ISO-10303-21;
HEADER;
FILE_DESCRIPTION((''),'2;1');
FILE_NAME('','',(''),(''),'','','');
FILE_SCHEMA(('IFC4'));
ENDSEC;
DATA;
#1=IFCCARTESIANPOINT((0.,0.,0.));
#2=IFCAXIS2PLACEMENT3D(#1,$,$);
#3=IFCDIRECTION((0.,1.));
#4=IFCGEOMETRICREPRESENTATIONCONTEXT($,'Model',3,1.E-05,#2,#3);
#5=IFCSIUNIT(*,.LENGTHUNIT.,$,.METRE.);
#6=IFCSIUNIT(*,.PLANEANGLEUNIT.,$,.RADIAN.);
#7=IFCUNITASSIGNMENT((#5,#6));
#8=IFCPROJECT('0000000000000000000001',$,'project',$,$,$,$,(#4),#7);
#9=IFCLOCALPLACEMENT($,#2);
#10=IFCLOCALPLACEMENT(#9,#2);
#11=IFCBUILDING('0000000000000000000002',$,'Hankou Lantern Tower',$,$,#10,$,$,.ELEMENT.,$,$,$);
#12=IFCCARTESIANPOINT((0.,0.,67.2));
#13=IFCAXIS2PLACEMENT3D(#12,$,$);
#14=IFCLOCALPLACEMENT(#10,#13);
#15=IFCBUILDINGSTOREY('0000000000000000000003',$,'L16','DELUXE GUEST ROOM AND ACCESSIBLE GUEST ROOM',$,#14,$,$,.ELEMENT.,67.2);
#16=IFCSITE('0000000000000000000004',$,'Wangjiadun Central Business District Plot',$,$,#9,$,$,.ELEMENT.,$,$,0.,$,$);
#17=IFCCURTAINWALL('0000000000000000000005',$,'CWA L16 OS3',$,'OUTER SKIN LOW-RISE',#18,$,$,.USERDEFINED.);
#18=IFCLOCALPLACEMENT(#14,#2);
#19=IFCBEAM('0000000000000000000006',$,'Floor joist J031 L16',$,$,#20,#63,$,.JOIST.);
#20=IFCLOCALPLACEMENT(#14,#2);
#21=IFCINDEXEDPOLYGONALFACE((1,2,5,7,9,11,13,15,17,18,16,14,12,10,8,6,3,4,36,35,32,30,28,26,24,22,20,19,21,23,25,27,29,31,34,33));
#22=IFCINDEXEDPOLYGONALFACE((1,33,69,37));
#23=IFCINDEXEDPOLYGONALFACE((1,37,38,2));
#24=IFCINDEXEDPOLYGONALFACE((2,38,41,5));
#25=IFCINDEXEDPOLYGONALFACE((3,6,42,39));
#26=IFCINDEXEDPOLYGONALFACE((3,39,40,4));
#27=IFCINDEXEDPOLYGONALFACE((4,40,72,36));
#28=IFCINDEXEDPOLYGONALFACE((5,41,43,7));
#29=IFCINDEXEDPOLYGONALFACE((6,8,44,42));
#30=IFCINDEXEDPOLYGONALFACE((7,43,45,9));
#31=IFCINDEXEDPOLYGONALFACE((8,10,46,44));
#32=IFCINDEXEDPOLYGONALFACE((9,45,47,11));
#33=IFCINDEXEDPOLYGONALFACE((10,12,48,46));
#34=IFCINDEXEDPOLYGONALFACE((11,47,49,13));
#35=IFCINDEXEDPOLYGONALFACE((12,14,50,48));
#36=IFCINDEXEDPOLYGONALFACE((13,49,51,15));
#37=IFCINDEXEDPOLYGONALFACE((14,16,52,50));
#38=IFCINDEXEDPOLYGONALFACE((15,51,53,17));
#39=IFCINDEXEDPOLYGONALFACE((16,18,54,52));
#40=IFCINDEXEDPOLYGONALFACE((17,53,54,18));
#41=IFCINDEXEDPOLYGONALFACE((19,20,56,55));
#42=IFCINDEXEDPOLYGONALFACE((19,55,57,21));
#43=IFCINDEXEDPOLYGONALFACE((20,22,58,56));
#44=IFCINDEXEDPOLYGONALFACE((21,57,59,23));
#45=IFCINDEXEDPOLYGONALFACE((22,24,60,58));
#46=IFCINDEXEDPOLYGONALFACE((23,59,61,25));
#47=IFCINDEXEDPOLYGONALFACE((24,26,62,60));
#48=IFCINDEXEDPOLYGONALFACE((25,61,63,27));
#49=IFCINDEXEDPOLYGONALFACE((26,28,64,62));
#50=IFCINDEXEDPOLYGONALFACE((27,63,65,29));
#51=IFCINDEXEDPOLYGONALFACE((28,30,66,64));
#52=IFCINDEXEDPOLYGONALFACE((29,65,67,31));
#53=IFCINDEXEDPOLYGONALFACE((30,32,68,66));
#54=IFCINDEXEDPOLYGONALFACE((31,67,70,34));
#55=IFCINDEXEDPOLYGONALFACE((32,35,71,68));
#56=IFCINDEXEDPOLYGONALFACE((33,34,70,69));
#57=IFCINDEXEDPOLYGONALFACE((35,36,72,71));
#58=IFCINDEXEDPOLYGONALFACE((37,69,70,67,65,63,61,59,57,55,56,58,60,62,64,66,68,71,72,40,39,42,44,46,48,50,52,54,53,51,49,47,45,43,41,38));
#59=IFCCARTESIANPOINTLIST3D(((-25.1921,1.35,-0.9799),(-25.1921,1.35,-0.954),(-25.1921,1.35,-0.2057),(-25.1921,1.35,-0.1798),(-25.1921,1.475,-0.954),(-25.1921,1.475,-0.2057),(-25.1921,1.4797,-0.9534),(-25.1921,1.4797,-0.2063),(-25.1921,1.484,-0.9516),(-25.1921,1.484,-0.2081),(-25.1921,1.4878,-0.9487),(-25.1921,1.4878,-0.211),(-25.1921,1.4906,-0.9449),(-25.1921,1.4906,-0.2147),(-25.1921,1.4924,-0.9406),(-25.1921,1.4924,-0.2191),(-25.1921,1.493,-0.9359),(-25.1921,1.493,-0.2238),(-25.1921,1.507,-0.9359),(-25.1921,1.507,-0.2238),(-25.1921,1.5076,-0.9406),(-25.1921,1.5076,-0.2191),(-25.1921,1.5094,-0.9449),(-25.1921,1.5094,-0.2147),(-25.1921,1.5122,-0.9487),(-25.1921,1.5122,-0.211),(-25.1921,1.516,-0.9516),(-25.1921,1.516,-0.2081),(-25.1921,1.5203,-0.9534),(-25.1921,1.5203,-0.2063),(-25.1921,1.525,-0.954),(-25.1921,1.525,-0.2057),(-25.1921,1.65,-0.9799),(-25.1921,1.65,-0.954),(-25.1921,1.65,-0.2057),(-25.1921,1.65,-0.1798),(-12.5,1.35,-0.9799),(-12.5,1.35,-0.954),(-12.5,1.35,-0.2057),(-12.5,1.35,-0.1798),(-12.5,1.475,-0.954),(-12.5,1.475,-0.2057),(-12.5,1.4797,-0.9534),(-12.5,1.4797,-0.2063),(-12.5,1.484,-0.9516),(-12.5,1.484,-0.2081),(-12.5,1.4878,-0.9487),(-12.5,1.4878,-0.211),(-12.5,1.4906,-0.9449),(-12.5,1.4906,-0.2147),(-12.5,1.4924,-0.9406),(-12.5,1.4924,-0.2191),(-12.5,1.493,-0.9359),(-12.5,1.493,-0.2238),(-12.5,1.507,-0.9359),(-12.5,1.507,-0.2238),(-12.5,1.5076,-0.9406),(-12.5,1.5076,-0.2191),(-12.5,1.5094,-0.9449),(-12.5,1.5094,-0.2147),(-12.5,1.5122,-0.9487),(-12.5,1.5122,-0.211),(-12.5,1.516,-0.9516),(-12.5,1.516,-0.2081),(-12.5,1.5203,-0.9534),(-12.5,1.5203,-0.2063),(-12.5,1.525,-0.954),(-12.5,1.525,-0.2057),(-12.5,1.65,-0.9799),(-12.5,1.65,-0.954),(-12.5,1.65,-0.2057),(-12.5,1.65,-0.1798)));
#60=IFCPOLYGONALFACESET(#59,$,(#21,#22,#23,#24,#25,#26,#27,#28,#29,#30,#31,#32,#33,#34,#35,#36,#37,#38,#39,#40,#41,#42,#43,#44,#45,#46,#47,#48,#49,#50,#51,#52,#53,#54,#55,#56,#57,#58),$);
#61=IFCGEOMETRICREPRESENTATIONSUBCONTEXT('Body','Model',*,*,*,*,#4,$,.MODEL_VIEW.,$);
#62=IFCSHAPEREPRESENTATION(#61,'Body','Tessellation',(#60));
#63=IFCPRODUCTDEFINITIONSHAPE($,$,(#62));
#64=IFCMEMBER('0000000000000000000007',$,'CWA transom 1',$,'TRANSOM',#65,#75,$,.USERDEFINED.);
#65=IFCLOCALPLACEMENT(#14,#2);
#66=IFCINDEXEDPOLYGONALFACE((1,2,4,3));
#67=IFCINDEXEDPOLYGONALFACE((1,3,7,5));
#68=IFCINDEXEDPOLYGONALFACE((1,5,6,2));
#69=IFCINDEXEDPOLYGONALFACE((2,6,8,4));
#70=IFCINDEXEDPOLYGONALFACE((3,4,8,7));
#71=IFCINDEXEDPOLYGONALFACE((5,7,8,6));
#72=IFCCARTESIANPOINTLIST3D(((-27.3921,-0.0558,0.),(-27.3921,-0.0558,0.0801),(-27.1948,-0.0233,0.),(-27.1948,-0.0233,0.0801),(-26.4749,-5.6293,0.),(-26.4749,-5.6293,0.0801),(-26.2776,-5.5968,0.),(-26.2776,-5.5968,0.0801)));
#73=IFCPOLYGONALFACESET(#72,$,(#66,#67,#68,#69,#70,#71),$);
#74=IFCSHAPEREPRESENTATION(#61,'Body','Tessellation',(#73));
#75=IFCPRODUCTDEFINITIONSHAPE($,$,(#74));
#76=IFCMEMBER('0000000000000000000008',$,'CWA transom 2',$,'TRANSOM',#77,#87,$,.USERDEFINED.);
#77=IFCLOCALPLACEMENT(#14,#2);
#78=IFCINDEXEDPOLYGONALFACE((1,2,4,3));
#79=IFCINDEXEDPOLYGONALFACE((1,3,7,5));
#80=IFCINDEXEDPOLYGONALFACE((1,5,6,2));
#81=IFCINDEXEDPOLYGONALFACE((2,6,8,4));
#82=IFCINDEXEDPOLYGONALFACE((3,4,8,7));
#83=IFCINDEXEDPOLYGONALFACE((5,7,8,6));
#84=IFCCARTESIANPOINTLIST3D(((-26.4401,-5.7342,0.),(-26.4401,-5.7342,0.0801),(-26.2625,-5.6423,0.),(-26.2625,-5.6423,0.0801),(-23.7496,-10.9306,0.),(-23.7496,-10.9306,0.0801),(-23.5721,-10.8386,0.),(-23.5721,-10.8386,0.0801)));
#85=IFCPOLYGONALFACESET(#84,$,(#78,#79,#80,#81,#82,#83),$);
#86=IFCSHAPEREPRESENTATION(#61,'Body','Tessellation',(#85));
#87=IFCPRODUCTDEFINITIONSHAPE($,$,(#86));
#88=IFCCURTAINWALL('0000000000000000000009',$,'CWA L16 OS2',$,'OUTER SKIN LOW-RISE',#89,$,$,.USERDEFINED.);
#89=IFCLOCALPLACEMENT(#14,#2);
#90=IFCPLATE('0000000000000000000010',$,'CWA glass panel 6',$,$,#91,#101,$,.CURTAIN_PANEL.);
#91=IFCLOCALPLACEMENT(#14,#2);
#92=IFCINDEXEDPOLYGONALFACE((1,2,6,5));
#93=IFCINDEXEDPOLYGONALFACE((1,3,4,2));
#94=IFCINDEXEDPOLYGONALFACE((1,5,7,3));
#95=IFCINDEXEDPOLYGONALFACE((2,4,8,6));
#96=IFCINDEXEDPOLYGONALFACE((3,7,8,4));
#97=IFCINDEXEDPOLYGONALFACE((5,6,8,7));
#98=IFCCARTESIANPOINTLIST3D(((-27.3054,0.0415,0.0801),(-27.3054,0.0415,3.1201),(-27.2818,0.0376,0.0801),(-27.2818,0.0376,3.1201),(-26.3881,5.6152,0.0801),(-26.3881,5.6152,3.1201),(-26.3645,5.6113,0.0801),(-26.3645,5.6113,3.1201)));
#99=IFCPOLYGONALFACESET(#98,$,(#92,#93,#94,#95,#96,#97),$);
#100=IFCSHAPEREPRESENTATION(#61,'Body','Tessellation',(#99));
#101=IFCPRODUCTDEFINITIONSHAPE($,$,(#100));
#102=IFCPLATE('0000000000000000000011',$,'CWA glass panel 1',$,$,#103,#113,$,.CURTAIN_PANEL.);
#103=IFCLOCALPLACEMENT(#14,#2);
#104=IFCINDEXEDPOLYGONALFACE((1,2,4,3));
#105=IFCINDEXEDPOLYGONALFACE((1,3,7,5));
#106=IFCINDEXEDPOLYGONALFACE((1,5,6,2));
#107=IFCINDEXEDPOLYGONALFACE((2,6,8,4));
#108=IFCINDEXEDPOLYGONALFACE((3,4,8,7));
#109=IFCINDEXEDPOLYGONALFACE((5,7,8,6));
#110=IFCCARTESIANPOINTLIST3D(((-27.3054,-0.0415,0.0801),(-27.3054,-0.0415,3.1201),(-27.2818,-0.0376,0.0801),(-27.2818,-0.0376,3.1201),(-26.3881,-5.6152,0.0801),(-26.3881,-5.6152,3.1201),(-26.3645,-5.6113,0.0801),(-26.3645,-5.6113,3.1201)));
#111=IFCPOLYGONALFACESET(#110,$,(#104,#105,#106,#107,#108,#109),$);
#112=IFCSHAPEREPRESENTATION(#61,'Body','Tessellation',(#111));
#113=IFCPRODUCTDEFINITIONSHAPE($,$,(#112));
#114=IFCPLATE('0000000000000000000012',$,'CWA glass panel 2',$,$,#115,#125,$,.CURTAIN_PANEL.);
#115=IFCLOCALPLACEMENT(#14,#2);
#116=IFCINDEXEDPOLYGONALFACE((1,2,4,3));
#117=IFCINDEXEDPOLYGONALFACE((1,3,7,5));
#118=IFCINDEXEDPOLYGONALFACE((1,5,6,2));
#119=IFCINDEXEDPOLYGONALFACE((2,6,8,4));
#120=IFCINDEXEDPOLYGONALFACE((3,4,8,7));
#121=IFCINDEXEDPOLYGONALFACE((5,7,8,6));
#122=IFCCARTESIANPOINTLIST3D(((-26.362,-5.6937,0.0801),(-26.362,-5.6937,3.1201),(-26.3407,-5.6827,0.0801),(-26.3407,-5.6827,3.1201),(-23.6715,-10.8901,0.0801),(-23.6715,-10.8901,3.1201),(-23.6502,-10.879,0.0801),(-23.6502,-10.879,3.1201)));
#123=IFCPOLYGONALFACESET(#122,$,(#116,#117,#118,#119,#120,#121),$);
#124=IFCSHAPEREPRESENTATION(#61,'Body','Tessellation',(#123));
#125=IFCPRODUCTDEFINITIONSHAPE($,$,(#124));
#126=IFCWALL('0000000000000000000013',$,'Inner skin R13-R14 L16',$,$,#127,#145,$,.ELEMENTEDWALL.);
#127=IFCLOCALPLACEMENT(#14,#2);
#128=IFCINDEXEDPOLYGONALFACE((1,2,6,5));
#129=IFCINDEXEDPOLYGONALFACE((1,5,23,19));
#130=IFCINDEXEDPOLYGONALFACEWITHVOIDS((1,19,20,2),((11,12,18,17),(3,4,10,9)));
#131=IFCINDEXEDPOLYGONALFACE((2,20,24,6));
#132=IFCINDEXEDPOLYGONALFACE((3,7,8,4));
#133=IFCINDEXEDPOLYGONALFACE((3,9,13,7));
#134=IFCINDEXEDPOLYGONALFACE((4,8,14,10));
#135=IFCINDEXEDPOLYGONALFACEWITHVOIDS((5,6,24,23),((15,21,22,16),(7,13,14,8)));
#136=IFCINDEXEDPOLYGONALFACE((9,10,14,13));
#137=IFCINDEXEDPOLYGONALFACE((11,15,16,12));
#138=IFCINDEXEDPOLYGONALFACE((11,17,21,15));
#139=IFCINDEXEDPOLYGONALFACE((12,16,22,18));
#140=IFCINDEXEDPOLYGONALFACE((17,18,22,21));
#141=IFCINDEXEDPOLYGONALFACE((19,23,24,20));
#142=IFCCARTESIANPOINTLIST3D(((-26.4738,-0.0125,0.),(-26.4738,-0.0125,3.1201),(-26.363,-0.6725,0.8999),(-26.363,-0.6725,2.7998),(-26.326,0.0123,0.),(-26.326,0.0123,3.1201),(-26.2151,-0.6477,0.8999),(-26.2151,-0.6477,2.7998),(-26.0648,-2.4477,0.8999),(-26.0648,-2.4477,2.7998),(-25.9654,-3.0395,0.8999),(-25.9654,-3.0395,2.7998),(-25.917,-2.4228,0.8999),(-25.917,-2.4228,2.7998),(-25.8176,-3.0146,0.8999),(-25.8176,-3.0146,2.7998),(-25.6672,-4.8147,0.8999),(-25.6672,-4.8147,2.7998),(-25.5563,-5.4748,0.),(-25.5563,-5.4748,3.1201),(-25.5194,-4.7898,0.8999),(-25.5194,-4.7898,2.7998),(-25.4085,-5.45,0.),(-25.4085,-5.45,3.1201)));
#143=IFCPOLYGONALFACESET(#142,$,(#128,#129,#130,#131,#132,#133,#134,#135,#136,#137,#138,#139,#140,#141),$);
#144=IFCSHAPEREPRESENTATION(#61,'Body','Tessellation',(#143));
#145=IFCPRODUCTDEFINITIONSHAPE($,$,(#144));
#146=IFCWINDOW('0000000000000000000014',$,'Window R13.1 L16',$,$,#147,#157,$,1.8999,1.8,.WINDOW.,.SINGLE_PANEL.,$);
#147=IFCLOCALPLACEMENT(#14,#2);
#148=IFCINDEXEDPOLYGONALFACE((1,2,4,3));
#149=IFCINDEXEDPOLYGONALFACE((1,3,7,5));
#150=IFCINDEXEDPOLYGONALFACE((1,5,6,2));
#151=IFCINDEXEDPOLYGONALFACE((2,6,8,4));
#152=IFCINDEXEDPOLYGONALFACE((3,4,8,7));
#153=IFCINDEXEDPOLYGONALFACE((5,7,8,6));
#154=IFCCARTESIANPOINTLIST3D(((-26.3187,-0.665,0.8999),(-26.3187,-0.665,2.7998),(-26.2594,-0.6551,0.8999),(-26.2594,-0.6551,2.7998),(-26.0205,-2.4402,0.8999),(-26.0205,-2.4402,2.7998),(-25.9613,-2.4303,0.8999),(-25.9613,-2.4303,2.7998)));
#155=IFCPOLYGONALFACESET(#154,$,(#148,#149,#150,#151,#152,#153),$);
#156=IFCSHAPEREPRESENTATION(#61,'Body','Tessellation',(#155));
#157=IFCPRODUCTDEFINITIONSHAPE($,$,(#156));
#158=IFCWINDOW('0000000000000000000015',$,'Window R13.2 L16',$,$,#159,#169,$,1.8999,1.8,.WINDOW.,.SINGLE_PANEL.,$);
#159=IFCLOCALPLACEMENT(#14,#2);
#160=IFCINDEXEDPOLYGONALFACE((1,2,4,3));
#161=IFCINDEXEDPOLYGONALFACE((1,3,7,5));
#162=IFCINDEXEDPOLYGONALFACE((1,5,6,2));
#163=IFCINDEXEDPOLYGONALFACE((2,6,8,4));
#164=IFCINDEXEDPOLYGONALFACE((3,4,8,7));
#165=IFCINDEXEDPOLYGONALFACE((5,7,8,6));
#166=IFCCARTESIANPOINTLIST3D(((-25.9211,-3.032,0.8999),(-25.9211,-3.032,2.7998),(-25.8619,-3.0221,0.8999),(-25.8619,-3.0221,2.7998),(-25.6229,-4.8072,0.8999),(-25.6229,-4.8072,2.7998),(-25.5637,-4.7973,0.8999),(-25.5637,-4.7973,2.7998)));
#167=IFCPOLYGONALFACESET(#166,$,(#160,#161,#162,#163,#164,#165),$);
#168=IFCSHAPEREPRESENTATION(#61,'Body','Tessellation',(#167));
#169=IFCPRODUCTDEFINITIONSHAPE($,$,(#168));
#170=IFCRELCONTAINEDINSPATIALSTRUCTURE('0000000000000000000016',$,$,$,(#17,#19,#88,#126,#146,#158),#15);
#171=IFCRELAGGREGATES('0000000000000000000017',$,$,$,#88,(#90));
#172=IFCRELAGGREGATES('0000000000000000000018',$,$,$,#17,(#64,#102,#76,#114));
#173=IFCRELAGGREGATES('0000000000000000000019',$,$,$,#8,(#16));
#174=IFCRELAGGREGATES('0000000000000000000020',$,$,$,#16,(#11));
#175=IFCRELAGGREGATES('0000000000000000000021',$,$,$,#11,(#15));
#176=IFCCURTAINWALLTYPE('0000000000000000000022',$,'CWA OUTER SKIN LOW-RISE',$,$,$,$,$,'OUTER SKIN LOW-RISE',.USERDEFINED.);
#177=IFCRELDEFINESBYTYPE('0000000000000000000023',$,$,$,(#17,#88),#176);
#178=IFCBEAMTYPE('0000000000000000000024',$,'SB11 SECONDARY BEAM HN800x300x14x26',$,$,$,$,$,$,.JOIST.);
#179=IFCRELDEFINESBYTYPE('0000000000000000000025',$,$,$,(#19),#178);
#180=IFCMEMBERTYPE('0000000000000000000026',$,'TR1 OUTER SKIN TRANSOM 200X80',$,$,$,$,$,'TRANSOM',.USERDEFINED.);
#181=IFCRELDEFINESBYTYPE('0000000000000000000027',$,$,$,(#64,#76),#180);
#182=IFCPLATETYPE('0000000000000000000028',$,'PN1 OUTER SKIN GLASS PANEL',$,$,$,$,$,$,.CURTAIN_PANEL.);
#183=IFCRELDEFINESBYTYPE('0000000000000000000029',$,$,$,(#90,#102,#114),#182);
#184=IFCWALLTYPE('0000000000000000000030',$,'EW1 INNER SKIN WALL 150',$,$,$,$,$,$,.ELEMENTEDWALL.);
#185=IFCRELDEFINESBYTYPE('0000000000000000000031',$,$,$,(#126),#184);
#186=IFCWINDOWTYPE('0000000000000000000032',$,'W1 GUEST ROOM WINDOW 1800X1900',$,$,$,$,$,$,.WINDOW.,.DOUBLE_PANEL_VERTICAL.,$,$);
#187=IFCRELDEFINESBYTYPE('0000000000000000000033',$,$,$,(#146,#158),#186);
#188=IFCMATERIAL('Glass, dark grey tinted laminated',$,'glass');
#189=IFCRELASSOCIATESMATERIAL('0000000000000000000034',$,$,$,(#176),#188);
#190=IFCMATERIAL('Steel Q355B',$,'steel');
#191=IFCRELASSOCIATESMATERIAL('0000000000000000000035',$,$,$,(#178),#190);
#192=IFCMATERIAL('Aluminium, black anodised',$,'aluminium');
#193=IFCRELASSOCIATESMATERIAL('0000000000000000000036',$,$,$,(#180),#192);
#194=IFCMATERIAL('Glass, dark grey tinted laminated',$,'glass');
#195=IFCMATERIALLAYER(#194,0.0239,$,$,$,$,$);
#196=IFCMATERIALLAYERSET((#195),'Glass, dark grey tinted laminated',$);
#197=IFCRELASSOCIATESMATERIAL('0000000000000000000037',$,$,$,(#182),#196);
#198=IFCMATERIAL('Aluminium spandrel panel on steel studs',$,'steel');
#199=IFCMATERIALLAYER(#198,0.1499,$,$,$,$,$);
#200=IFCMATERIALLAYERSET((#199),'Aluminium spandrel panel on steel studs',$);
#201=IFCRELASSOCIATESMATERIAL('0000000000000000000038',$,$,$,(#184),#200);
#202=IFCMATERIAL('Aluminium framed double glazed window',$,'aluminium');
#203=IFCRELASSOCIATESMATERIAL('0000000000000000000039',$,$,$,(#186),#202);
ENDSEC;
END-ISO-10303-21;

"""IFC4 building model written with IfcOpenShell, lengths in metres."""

from ifc_helpers import new_model, si_unit, direction, frame, frame_2d, origin, origin_2d, place, context, subcontext, project, spatial, rectangle, i_section, extrude, material, layer, layer_set, material_profile, profile_set, type_object, element, fill, aggregate, save


model = new_model("IFC4")

# Units and contexts
model_context = context("Model", 3, precision=1e-05, world=origin(), true_north=direction((0.0, 1.0)))
body_context = subcontext(model_context, "Body", "Model", "MODEL_VIEW")
ifc_project = project(units=[si_unit("LENGTHUNIT", "METRE"), si_unit("PLANEANGLEUNIT", "RADIAN")], contexts=[model_context])

# Site, building, storey
site_placement = place(None, origin())
site = spatial("IfcSite", under=ifc_project, at=site_placement, Name="Wangjiadun Central Business District Plot", CompositionType="ELEMENT", RefElevation=0.0)
building_placement = place(site_placement, origin())
building = spatial("IfcBuilding", under=site, at=building_placement, Name="Hankou Lantern Tower", CompositionType="ELEMENT")
storey_placement = place(building_placement, frame((0.0, 0.0, 67.2)))
storey = spatial("IfcBuildingStorey", under=building, at=storey_placement, Name="L16", Description="DELUXE GUEST ROOM AND ACCESSIBLE GUEST ROOM", CompositionType="ELEMENT", Elevation=67.2)

# Curtain wall
ifc_material_1 = material(Name="Glass, dark grey tinted laminated", Category="glass")
curtain_wall_type = type_object("IfcCurtainWallType", Name="CWA OUTER SKIN LOW-RISE", ElementType="OUTER SKIN LOW-RISE", PredefinedType="USERDEFINED", material=ifc_material_1)
curtain_wall_1_placement = place(storey_placement, origin())
curtain_wall_1 = element("IfcCurtainWall", 1, at=curtain_wall_1_placement, inside=storey, type_object=curtain_wall_type, Name="CWA L16 OS3", ObjectType="OUTER SKIN LOW-RISE", PredefinedType="USERDEFINED")

# Beam
ifc_material_2 = material(Name="Steel Q355B", Category="steel")
ifc_material_profile_1 = material_profile(ifc_material_2, i_section(OverallWidth=0.3, OverallDepth=0.8, WebThickness=0.0139, FlangeThickness=0.0259, FilletRadius=0.0181, at=origin_2d()), Name="HN800x300x14x26")
ifc_profile_set_1 = profile_set([ifc_material_profile_1], Name="Steel Q355B")
beam_type_1 = type_object("IfcBeamType", Name="SB11 SECONDARY BEAM HN800x300x14x26", PredefinedType="JOIST", material=ifc_profile_set_1)
for number, where, z_axis, x_axis, name in (
    (2, (-25.1921, 1.5, -0.5798), (1.0, 0.0, 0.0), (0.0, 1.0, 0.0), "Floor joist J031 L16"),
):
    element("IfcBeam", number, at=place(storey_placement, frame(where, z_axis=z_axis, x_axis=x_axis)), inside=storey, type_object=beam_type_1, Name=name, PredefinedType="JOIST", context=body_context, shape_type="SweptSolid", body=[
        extrude(i_section(OverallWidth=0.3, OverallDepth=0.8, WebThickness=0.0139, FlangeThickness=0.0259, FilletRadius=0.0181, at=origin_2d()), origin(), (0.0, 0.0, 1.0), 12.6921),
    ])

# Members
ifc_material_3 = material(Name="Aluminium, black anodised", Category="aluminium")
ifc_material_profile_2 = material_profile(ifc_material_3, rectangle(XDim=0.2, YDim=0.0801, at=origin_2d()), Name="TR1 200X80")
ifc_profile_set_2 = profile_set([ifc_material_profile_2], Name="Aluminium, black anodised")
member_type_1 = type_object("IfcMemberType", Name="TR1 OUTER SKIN TRANSOM 200X80", ElementType="TRANSOM", PredefinedType="USERDEFINED", material=ifc_profile_set_2)
member_1_placement = place(storey_placement, frame((-27.2935, -0.0396, 0.04), z_axis=(0.162387, -0.986727, 0.0), x_axis=(0.986727, 0.162387, 0.0)))
member_1 = element("IfcMember", 3, at=member_1_placement, type_object=member_type_1, Name="CWA transom 1", ObjectType="TRANSOM", PredefinedType="USERDEFINED", context=body_context, shape_type="SweptSolid", body=[
    extrude(rectangle(XDim=0.2, YDim=0.0801, at=origin_2d()), origin(), (0.0, 0.0, 1.0), 5.6484),
])
member_2_placement = place(storey_placement, frame((-26.3513, -5.6882, 0.04), z_axis=(0.459786, -0.88803, 0.0), x_axis=(0.88803, 0.459786, 0.0)))
member_2 = element("IfcMember", 4, at=member_2_placement, type_object=member_type_1, Name="CWA transom 2", ObjectType="TRANSOM", PredefinedType="USERDEFINED", context=body_context, shape_type="SweptSolid", body=[
    extrude(rectangle(XDim=0.2, YDim=0.0801, at=origin_2d()), origin(), (0.0, 0.0, 1.0), 5.8516),
])

# Curtain wall, plate
curtain_wall_2_placement = place(storey_placement, origin())
curtain_wall_2 = element("IfcCurtainWall", 5, at=curtain_wall_2_placement, inside=storey, type_object=curtain_wall_type, Name="CWA L16 OS2", ObjectType="OUTER SKIN LOW-RISE", PredefinedType="USERDEFINED")
ifc_material_4 = material(Name="Glass, dark grey tinted laminated", Category="glass")
ifc_layer_1 = layer(ifc_material_4, 0.0239)
ifc_layer_set_1 = layer_set([ifc_layer_1], Name="Glass, dark grey tinted laminated")
plate_type = type_object("IfcPlateType", Name="PN1 OUTER SKIN GLASS PANEL", PredefinedType="CURTAIN_PANEL", material=ifc_layer_set_1)
plate_1_placement = place(storey_placement, frame((-26.835, 2.8264, 0.0801), z_axis=(0.0, 0.0, 1.0), x_axis=(-0.162382, -0.986728, 0.0)))
plate_1 = element("IfcPlate", 6, at=plate_1_placement, type_object=plate_type, Name="CWA glass panel 6", PredefinedType="CURTAIN_PANEL", context=body_context, shape_type="SweptSolid", body=[
    extrude(rectangle(XDim=5.6487, YDim=0.0239, at=origin_2d()), origin(), (0.0, 0.0, 1.0), 3.04),
])
aggregate(curtain_wall_2, [plate_1])

# Plates
plate_2_placement = place(storey_placement, frame((-26.835, -2.8264, 0.0801), z_axis=(0.0, 0.0, 1.0), x_axis=(0.162382, -0.986728, 0.0)))
plate_2 = element("IfcPlate", 7, at=plate_2_placement, type_object=plate_type, Name="CWA glass panel 1", PredefinedType="CURTAIN_PANEL", context=body_context, shape_type="SweptSolid", body=[
    extrude(rectangle(XDim=5.6487, YDim=0.0239, at=origin_2d()), origin(), (0.0, 0.0, 1.0), 3.04),
])
plate_3_placement = place(storey_placement, frame((-25.0061, -8.2864, 0.0801), z_axis=(0.0, 0.0, 1.0), x_axis=(0.459791, -0.888027, 0.0)))
plate_3 = element("IfcPlate", 8, at=plate_3_placement, type_object=plate_type, Name="CWA glass panel 2", PredefinedType="CURTAIN_PANEL", context=body_context, shape_type="SweptSolid", body=[
    extrude(rectangle(XDim=5.8516, YDim=0.0239, at=origin_2d()), origin(), (0.0, 0.0, 1.0), 3.04),
])
aggregate(curtain_wall_1, [member_1, plate_2, member_2, plate_3])

# Wall, openings, windows
ifc_material_5 = material(Name="Aluminium spandrel panel on steel studs", Category="steel")
ifc_layer_2 = layer(ifc_material_5, 0.1499)
ifc_layer_set_2 = layer_set([ifc_layer_2], Name="Aluminium spandrel panel on steel studs")
wall_type = type_object("IfcWallType", Name="EW1 INNER SKIN WALL 150", PredefinedType="ELEMENTEDWALL", material=ifc_layer_set_2)
wall_1_placement = place(storey_placement, frame((-26.3999, 0.0, 0.0), z_axis=(0.0, 0.0, 1.0), x_axis=(0.165643, -0.986186, 0.0)))
wall_1 = element("IfcWall", 9, at=wall_1_placement, inside=storey, type_object=wall_type, Name="Inner skin R13-R14 L16", PredefinedType="ELEMENTEDWALL", context=body_context, shape_type="SweptSolid", body=[
    extrude(rectangle(XDim=5.5388, YDim=0.1499, at=frame_2d((2.7695, 0.0))), origin(), (0.0, 0.0, 1.0), 3.1201),
])
opening_1_placement = place(wall_1_placement, frame((0.6694, 0.0, 0.8999)))
opening_1 = element("IfcOpeningElement", 10, at=opening_1_placement, cuts=wall_1, PredefinedType="OPENING", context=body_context, shape_type="SweptSolid", body=[
    extrude(rectangle(XDim=1.8, YDim=1.8999, at=frame_2d((0.8999, 0.95))), frame((0.0, 0.085, 0.0), z_axis=(0.0, -1.0, 0.0), x_axis=(1.0, 0.0, 0.0)), (0.0, 0.0, 1.0), 0.1699),
])
opening_2_placement = place(wall_1_placement, frame((3.0696, 0.0, 0.8999)))
opening_2 = element("IfcOpeningElement", 11, at=opening_2_placement, cuts=wall_1, PredefinedType="OPENING", context=body_context, shape_type="SweptSolid", body=[
    extrude(rectangle(XDim=1.8, YDim=1.8999, at=frame_2d((0.8999, 0.95))), frame((0.0, 0.085, 0.0), z_axis=(0.0, -1.0, 0.0), x_axis=(1.0, 0.0, 0.0)), (0.0, 0.0, 1.0), 0.1699),
])
ifc_material_6 = material(Name="Aluminium framed double glazed window", Category="aluminium")
window_type = type_object("IfcWindowType", Name="W1 GUEST ROOM WINDOW 1800X1900", PartitioningType="DOUBLE_PANEL_VERTICAL", PredefinedType="WINDOW", material=ifc_material_6)
window_1_placement = place(opening_1_placement, origin())
window_1 = element("IfcWindow", 12, at=window_1_placement, inside=storey, type_object=window_type, Name="Window R13.1 L16", OverallHeight=1.8999, OverallWidth=1.8, PartitioningType="SINGLE_PANEL", PredefinedType="WINDOW", context=body_context, shape_type="SweptSolid", body=[
    extrude(rectangle(XDim=1.8, YDim=1.8999, at=frame_2d((0.8999, 0.95))), frame((0.0, 0.03, 0.0), z_axis=(0.0, -1.0, 0.0), x_axis=(1.0, 0.0, 0.0)), (0.0, 0.0, 1.0), 0.0601),
])
fill(opening_1, window_1)
window_2_placement = place(opening_2_placement, origin())
window_2 = element("IfcWindow", 13, at=window_2_placement, inside=storey, type_object=window_type, Name="Window R13.2 L16", OverallHeight=1.8999, OverallWidth=1.8, PartitioningType="SINGLE_PANEL", PredefinedType="WINDOW", context=body_context, shape_type="SweptSolid", body=[
    extrude(rectangle(XDim=1.8, YDim=1.8999, at=frame_2d((0.8999, 0.95))), frame((0.0, 0.03, 0.0), z_axis=(0.0, -1.0, 0.0), x_axis=(1.0, 0.0, 0.0)), (0.0, 0.0, 1.0), 0.0601),
])
fill(opening_2, window_2)

save(model, "model.ifc")
